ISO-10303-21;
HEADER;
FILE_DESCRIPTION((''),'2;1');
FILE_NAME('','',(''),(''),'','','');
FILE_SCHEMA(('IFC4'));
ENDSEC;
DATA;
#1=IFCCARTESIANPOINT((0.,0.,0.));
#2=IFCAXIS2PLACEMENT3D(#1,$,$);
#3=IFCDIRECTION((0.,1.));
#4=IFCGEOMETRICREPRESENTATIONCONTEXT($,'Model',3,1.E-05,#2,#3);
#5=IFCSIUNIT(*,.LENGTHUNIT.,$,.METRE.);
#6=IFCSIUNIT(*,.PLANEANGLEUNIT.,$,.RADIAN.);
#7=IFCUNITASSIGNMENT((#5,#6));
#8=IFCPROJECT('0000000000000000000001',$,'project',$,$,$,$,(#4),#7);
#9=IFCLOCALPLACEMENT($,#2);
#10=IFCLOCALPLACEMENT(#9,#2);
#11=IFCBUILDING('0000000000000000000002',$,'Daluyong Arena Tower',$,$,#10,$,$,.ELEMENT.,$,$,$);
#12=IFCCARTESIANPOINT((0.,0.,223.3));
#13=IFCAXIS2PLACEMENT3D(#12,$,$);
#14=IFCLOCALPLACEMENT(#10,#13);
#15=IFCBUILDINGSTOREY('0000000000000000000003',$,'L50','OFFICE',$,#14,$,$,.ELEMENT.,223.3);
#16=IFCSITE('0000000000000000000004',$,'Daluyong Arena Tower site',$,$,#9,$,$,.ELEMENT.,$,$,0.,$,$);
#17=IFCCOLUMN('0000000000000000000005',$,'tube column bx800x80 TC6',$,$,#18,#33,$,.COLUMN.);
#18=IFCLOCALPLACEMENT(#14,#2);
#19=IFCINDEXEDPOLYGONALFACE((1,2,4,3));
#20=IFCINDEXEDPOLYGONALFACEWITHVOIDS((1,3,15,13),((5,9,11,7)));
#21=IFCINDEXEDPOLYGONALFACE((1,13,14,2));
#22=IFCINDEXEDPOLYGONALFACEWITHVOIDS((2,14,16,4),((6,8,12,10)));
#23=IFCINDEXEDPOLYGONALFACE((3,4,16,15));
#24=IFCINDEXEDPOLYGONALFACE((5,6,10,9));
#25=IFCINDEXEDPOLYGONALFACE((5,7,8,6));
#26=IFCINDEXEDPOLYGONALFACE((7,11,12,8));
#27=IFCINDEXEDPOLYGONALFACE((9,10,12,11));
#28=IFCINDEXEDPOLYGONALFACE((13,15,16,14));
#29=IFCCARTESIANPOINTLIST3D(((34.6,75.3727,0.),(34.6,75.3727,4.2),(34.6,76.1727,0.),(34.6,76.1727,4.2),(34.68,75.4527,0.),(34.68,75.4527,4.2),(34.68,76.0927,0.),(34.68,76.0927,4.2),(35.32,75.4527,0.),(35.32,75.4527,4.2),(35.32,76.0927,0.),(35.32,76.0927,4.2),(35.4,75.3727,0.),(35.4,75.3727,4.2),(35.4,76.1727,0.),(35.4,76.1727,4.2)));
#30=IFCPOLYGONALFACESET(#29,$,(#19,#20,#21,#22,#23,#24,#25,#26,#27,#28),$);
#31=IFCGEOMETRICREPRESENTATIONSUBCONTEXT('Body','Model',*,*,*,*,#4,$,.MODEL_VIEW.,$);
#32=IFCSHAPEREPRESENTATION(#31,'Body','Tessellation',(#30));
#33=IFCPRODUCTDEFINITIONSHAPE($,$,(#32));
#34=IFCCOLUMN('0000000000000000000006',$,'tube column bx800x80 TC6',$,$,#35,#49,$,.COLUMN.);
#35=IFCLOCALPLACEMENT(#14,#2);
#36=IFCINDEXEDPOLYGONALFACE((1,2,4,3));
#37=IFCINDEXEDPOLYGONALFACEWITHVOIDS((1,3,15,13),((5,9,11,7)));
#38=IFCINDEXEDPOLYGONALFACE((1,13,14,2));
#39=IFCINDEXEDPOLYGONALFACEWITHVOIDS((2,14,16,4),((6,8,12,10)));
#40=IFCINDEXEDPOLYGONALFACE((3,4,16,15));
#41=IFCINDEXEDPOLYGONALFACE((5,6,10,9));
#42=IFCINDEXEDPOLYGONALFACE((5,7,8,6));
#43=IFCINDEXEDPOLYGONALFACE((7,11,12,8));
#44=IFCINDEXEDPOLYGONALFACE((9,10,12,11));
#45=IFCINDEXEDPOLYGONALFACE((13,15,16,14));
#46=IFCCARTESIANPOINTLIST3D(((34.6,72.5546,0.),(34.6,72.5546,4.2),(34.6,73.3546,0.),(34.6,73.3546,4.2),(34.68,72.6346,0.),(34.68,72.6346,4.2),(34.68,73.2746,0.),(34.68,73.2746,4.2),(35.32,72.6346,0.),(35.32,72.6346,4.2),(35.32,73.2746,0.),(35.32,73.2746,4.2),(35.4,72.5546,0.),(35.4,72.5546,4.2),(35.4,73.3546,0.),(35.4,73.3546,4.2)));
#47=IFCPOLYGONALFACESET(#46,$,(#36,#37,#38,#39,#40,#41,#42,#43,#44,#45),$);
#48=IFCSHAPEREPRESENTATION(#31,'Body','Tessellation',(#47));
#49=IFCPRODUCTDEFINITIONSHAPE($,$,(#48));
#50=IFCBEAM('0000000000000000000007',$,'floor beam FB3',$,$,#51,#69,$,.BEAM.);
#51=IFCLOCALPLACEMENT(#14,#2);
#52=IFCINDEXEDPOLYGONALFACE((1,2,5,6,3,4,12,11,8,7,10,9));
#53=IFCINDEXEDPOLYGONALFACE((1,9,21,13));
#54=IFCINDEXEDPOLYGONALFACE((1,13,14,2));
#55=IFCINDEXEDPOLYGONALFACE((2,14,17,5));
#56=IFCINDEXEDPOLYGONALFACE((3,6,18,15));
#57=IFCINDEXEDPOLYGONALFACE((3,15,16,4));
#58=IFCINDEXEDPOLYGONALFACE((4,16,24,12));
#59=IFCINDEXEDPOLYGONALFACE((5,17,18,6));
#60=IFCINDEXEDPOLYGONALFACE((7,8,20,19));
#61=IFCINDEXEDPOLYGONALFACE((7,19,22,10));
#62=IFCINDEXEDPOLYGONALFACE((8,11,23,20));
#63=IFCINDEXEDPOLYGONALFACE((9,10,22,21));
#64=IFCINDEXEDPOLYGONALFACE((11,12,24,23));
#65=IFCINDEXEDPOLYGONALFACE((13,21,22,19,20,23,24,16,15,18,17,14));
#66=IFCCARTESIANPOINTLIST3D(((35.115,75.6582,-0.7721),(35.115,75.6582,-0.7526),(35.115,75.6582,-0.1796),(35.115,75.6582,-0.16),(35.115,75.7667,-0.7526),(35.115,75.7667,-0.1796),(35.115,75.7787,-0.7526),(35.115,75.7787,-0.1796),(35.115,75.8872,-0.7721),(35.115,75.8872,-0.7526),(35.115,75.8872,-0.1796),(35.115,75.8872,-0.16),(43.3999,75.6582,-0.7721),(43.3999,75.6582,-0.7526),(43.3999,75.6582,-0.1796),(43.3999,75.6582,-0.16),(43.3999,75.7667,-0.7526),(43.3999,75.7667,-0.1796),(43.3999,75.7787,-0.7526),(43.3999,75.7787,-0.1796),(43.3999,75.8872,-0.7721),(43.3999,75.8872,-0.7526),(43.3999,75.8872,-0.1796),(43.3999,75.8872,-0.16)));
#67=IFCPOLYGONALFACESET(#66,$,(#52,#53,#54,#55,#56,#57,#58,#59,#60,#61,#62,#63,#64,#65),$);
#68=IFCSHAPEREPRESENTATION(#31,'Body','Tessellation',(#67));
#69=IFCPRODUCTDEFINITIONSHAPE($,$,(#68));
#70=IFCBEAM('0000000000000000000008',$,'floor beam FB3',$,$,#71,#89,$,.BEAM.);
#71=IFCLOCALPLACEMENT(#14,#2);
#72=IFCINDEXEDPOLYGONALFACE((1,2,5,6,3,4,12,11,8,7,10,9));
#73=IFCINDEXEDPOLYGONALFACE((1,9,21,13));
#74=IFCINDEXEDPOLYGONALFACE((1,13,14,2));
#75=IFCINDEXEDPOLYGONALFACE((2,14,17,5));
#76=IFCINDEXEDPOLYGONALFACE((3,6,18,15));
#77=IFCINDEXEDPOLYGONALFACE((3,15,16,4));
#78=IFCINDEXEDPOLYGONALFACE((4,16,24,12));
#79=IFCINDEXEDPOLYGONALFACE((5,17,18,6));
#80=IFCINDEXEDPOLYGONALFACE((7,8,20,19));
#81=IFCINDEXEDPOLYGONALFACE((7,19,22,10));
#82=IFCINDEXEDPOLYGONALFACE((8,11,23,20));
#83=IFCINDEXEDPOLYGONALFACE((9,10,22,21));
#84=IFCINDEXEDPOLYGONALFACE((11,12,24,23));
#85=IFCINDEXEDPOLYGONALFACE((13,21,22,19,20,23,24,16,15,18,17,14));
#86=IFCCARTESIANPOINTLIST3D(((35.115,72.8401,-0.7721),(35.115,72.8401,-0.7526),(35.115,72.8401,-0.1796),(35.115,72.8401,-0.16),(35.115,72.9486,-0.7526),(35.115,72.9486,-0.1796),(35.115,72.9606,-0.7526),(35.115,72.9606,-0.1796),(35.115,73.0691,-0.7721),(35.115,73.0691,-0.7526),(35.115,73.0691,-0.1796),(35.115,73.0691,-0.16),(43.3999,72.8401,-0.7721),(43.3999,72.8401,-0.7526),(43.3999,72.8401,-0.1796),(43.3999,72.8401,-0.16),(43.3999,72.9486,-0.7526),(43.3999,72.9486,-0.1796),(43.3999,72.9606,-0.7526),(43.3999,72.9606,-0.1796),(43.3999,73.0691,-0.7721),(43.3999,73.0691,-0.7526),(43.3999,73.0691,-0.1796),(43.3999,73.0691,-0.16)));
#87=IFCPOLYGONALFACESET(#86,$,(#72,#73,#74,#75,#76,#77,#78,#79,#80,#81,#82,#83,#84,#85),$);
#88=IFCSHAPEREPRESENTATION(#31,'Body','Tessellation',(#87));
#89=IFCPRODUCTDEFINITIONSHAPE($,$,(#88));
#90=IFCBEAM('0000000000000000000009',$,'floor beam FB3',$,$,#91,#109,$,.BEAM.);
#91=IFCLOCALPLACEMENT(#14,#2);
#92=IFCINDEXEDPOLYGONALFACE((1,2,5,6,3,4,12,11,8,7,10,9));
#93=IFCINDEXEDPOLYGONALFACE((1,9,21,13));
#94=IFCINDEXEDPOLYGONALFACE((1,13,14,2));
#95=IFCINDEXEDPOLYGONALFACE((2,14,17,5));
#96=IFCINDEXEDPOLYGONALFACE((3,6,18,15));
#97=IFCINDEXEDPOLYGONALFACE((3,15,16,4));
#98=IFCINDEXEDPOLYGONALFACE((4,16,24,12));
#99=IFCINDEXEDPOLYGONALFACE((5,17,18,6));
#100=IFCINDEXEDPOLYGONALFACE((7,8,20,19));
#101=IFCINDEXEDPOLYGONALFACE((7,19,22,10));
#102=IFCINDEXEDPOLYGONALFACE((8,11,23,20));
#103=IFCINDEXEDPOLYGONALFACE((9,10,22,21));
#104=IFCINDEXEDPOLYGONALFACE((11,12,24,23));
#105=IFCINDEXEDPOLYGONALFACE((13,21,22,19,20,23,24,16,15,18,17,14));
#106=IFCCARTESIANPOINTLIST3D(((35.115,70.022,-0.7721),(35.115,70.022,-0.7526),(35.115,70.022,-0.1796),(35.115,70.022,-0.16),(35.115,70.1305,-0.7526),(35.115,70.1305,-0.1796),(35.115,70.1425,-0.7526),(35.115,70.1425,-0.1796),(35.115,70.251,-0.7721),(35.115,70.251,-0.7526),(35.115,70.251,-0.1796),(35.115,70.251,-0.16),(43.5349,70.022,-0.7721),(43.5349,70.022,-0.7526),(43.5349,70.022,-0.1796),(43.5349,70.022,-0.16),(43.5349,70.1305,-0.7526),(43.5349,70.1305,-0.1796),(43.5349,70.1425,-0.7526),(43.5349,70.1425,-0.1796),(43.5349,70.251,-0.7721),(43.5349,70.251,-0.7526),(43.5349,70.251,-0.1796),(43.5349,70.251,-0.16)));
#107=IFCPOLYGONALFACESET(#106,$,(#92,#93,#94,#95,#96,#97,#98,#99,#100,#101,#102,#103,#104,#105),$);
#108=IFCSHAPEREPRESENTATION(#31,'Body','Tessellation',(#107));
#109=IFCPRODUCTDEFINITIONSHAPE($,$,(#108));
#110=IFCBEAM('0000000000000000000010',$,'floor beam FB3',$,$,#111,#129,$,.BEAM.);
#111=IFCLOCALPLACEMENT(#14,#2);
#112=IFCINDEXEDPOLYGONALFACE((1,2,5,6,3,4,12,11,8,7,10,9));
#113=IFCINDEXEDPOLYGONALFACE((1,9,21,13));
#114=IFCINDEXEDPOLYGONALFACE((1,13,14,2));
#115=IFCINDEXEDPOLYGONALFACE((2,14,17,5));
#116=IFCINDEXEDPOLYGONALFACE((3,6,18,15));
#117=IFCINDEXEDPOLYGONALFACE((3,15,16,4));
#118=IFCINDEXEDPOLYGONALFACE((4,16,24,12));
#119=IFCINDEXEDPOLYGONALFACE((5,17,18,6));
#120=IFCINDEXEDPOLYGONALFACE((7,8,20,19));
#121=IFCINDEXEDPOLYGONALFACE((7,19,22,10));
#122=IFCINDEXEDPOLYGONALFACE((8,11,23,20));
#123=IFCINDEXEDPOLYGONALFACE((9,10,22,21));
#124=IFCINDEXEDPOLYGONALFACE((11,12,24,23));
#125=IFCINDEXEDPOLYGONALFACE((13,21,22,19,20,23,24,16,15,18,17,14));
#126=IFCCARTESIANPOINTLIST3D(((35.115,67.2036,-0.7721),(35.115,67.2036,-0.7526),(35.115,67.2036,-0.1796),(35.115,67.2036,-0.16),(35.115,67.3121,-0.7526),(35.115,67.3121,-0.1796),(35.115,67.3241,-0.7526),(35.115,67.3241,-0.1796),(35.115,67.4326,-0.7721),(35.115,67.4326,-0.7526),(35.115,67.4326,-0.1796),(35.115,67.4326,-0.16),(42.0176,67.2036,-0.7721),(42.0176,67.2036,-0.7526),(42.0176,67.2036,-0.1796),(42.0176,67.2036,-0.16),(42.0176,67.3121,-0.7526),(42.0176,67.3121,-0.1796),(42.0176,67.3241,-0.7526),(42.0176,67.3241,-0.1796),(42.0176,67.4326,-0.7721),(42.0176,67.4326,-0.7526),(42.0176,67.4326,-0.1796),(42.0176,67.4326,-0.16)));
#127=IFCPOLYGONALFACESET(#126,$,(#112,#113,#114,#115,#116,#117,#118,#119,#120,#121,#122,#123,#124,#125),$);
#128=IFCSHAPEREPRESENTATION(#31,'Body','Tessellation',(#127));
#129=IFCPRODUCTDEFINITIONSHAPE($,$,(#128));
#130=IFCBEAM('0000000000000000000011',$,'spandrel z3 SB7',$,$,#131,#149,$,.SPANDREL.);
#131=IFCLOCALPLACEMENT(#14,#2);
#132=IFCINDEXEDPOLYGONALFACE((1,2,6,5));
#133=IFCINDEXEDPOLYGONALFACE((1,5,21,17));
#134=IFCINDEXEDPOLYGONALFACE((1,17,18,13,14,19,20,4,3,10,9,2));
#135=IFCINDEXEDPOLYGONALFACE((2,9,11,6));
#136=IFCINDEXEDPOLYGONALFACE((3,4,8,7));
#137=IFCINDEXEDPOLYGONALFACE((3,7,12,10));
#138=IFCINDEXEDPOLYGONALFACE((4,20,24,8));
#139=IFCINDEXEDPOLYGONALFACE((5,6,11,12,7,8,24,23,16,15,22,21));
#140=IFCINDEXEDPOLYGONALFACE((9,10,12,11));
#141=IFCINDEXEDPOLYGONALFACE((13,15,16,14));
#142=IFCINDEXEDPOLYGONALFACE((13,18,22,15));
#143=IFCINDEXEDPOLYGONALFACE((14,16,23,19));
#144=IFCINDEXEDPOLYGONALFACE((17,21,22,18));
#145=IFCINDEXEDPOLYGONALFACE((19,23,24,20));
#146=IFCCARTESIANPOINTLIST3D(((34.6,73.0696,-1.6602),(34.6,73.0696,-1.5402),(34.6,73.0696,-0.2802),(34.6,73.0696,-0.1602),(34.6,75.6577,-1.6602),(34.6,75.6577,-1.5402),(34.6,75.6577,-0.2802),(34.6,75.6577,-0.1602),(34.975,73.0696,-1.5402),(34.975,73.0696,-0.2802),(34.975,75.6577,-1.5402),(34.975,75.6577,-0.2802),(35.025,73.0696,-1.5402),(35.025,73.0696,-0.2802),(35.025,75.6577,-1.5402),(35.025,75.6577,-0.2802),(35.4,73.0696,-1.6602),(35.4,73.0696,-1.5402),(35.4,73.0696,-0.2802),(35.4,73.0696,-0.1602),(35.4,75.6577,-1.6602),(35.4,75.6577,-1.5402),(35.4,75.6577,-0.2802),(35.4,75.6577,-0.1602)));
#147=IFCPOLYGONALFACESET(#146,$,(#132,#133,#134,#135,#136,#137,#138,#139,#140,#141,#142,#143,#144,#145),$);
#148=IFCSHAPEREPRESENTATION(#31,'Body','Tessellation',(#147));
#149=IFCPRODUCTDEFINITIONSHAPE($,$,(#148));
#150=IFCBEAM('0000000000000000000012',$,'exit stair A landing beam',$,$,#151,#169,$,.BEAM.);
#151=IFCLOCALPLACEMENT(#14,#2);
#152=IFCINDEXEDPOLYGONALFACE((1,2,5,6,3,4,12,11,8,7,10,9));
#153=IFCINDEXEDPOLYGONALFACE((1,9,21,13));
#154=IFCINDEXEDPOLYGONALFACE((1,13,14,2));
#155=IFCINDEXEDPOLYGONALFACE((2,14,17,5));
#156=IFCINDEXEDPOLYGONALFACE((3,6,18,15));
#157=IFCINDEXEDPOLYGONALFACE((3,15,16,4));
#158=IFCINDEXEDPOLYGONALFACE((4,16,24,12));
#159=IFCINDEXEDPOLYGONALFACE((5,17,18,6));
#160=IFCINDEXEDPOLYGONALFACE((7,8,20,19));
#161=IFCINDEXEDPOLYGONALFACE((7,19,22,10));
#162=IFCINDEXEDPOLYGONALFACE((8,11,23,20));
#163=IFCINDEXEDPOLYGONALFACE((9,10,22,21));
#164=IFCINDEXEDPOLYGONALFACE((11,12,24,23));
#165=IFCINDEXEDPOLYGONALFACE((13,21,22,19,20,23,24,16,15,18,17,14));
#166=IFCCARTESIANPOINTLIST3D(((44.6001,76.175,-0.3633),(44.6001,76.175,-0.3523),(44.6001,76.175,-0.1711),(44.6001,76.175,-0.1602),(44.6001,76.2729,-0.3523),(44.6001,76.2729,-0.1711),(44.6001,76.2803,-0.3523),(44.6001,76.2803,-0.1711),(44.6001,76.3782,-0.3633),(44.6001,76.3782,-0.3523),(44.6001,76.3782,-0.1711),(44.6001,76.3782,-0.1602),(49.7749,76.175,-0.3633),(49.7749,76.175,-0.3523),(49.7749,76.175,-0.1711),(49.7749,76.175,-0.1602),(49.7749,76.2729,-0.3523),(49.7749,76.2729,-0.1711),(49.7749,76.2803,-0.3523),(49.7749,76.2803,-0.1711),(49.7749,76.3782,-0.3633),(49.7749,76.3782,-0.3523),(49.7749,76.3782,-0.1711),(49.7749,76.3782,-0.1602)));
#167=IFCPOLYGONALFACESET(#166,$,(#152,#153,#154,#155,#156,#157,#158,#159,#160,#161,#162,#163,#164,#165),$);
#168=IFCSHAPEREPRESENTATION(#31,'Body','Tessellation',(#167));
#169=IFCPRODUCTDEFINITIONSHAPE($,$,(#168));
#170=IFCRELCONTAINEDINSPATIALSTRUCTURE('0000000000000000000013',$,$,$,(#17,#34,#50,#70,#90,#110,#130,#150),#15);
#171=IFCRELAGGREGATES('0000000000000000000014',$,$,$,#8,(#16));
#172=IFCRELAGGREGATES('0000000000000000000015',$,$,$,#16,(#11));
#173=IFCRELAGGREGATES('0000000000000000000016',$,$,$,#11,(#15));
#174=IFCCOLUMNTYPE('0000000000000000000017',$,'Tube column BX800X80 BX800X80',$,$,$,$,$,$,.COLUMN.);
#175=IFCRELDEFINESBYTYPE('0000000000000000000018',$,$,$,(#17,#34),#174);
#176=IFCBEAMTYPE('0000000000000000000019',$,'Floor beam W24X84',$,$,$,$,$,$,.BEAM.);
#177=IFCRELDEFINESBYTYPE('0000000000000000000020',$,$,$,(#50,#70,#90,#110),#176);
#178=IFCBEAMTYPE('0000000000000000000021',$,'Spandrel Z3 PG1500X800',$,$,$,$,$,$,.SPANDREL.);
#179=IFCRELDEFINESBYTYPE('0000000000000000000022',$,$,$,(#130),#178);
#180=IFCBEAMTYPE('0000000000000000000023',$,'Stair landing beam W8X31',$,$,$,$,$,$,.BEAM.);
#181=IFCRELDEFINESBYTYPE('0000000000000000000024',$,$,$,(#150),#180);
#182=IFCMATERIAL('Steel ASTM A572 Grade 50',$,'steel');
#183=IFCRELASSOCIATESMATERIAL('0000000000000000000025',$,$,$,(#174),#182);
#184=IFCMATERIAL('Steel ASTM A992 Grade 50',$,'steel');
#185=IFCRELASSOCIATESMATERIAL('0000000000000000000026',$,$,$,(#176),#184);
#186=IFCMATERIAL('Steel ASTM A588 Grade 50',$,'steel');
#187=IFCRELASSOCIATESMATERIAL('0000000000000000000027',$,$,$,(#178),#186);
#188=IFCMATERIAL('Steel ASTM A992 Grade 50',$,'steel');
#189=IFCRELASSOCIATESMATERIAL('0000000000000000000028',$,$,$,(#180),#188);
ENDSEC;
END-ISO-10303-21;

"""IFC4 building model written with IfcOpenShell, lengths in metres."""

from ifc_helpers import new_model, si_unit, direction, frame, origin, origin_2d, place, context, subcontext, project, spatial, hollow_rectangle, i_section, extrude, material, material_profile, profile_set, type_object, element, save


model = new_model("IFC4")

# Units and contexts
model_context = context("Model", 3, precision=1e-05, world=origin(), true_north=direction((0.0, 1.0)))
body_context = subcontext(model_context, "Body", "Model", "MODEL_VIEW")
ifc_project = project(units=[si_unit("LENGTHUNIT", "METRE"), si_unit("PLANEANGLEUNIT", "RADIAN")], contexts=[model_context])

# Site, building, storey
site_placement = place(None, origin())
site = spatial("IfcSite", under=ifc_project, at=site_placement, Name="Daluyong Arena Tower site", CompositionType="ELEMENT", RefElevation=0.0)
building_placement = place(site_placement, origin())
building = spatial("IfcBuilding", under=site, at=building_placement, Name="Daluyong Arena Tower", CompositionType="ELEMENT")
storey_placement = place(building_placement, frame((0.0, 0.0, 223.3)))
storey = spatial("IfcBuildingStorey", under=building, at=storey_placement, Name="L50", Description="OFFICE", CompositionType="ELEMENT", Elevation=223.3)

# Columns
ifc_material_1 = material(Name="Steel ASTM A572 Grade 50", Category="steel")
ifc_material_profile_1 = material_profile(ifc_material_1, hollow_rectangle(XDim=0.8, YDim=0.8, WallThickness=0.08, at=origin_2d()))
ifc_profile_set_1 = profile_set([ifc_material_profile_1], Name="Steel ASTM A572 Grade 50")
column_type = type_object("IfcColumnType", Name="Tube column BX800X80 BX800X80", PredefinedType="COLUMN", material=ifc_profile_set_1)
for number, where, z_axis, x_axis, name in (
    (1, (35.0, 75.7727, 0.0), (0.0, 0.0, 1.0), (0.0, 1.0, 0.0), "tube column bx800x80 TC6"),
    (2, (35.0, 72.9546, 0.0), (0.0, 0.0, 1.0), (0.0, 1.0, 0.0), "tube column bx800x80 TC6"),
):
    element("IfcColumn", number, at=place(storey_placement, frame(where, z_axis=z_axis, x_axis=x_axis)), inside=storey, type_object=column_type, Name=name, PredefinedType="COLUMN", context=body_context, shape_type="SweptSolid", body=[
        extrude(hollow_rectangle(XDim=0.8, YDim=0.8, WallThickness=0.08, at=origin_2d()), origin(), (0.0, 0.0, 1.0), 4.2),
    ])

# Beams
ifc_material_2 = material(Name="Steel ASTM A992 Grade 50", Category="steel")
ifc_material_profile_2 = material_profile(ifc_material_2, i_section(OverallWidth=0.229, OverallDepth=0.6121, WebThickness=0.012, FlangeThickness=0.0195, at=origin_2d()))
ifc_profile_set_2 = profile_set([ifc_material_profile_2], Name="Steel ASTM A992 Grade 50")
beam_type_1 = type_object("IfcBeamType", Name="Floor beam W24X84", PredefinedType="BEAM", material=ifc_profile_set_2)
for number, where, z_axis, x_axis, name in (
    (3, (35.115, 75.7727, -0.4661), (1.0, 0.0, 0.0), (0.0, 1.0, 0.0), "floor beam FB3"),
    (4, (35.115, 72.9546, -0.4661), (1.0, 0.0, 0.0), (0.0, 1.0, 0.0), "floor beam FB3"),
):
    element("IfcBeam", number, at=place(storey_placement, frame(where, z_axis=z_axis, x_axis=x_axis)), inside=storey, type_object=beam_type_1, Name=name, PredefinedType="BEAM", context=body_context, shape_type="SweptSolid", body=[
        extrude(i_section(OverallWidth=0.229, OverallDepth=0.6121, WebThickness=0.012, FlangeThickness=0.0195, at=origin_2d()), origin(), (0.0, 0.0, 1.0), 8.2849),
    ])
beam_1_placement = place(storey_placement, frame((35.115, 70.1365, -0.4661), z_axis=(1.0, 0.0, 0.0), x_axis=(0.0, 1.0, 0.0)))
element("IfcBeam", 5, at=beam_1_placement, inside=storey, type_object=beam_type_1, Name="floor beam FB3", PredefinedType="BEAM", context=body_context, shape_type="SweptSolid", body=[
    extrude(i_section(OverallWidth=0.229, OverallDepth=0.6121, WebThickness=0.012, FlangeThickness=0.0195, at=origin_2d()), origin(), (0.0, 0.0, 1.0), 8.4199),
])
beam_2_placement = place(storey_placement, frame((35.115, 67.3181, -0.4661), z_axis=(1.0, 0.0, 0.0), x_axis=(0.0, 1.0, 0.0)))
element("IfcBeam", 6, at=beam_2_placement, inside=storey, type_object=beam_type_1, Name="floor beam FB3", PredefinedType="BEAM", context=body_context, shape_type="SweptSolid", body=[
    extrude(i_section(OverallWidth=0.229, OverallDepth=0.6121, WebThickness=0.012, FlangeThickness=0.0195, at=origin_2d()), origin(), (0.0, 0.0, 1.0), 6.9026),
])
ifc_material_3 = material(Name="Steel ASTM A588 Grade 50", Category="steel")
ifc_material_profile_3 = material_profile(ifc_material_3, i_section(OverallWidth=0.8, OverallDepth=1.5, WebThickness=0.05, FlangeThickness=0.12, at=origin_2d()))
ifc_profile_set_3 = profile_set([ifc_material_profile_3], Name="Steel ASTM A588 Grade 50")
beam_type_2 = type_object("IfcBeamType", Name="Spandrel Z3 PG1500X800", PredefinedType="SPANDREL", material=ifc_profile_set_3)
beam_3_placement = place(storey_placement, frame((35.0, 75.6577, -0.9102), z_axis=(0.0, -1.0, 0.0), x_axis=(1.0, 0.0, 0.0)))
element("IfcBeam", 7, at=beam_3_placement, inside=storey, type_object=beam_type_2, Name="spandrel z3 SB7", PredefinedType="SPANDREL", context=body_context, shape_type="SweptSolid", body=[
    extrude(i_section(OverallWidth=0.8, OverallDepth=1.5, WebThickness=0.05, FlangeThickness=0.12, at=origin_2d()), origin(), (0.0, 0.0, 1.0), 2.5881),
])
ifc_material_4 = material(Name="Steel ASTM A992 Grade 50", Category="steel")
ifc_material_profile_4 = material_profile(ifc_material_4, i_section(OverallWidth=0.2031, OverallDepth=0.2031, WebThickness=0.0073, FlangeThickness=0.011, at=origin_2d()))
ifc_profile_set_4 = profile_set([ifc_material_profile_4], Name="Steel ASTM A992 Grade 50")
beam_type_3 = type_object("IfcBeamType", Name="Stair landing beam W8X31", PredefinedType="BEAM", material=ifc_profile_set_4)
beam_4_placement = place(storey_placement, frame((44.6001, 76.2766, -0.2617), z_axis=(1.0, 0.0, 0.0), x_axis=(0.0, 1.0, 0.0)))
element("IfcBeam", 8, at=beam_4_placement, inside=storey, type_object=beam_type_3, Name="exit stair A landing beam", PredefinedType="BEAM", context=body_context, shape_type="SweptSolid", body=[
    extrude(i_section(OverallWidth=0.2031, OverallDepth=0.2031, WebThickness=0.0073, FlangeThickness=0.011, at=origin_2d()), origin(), (0.0, 0.0, 1.0), 5.1748),
])

save(model, "model.ifc")
